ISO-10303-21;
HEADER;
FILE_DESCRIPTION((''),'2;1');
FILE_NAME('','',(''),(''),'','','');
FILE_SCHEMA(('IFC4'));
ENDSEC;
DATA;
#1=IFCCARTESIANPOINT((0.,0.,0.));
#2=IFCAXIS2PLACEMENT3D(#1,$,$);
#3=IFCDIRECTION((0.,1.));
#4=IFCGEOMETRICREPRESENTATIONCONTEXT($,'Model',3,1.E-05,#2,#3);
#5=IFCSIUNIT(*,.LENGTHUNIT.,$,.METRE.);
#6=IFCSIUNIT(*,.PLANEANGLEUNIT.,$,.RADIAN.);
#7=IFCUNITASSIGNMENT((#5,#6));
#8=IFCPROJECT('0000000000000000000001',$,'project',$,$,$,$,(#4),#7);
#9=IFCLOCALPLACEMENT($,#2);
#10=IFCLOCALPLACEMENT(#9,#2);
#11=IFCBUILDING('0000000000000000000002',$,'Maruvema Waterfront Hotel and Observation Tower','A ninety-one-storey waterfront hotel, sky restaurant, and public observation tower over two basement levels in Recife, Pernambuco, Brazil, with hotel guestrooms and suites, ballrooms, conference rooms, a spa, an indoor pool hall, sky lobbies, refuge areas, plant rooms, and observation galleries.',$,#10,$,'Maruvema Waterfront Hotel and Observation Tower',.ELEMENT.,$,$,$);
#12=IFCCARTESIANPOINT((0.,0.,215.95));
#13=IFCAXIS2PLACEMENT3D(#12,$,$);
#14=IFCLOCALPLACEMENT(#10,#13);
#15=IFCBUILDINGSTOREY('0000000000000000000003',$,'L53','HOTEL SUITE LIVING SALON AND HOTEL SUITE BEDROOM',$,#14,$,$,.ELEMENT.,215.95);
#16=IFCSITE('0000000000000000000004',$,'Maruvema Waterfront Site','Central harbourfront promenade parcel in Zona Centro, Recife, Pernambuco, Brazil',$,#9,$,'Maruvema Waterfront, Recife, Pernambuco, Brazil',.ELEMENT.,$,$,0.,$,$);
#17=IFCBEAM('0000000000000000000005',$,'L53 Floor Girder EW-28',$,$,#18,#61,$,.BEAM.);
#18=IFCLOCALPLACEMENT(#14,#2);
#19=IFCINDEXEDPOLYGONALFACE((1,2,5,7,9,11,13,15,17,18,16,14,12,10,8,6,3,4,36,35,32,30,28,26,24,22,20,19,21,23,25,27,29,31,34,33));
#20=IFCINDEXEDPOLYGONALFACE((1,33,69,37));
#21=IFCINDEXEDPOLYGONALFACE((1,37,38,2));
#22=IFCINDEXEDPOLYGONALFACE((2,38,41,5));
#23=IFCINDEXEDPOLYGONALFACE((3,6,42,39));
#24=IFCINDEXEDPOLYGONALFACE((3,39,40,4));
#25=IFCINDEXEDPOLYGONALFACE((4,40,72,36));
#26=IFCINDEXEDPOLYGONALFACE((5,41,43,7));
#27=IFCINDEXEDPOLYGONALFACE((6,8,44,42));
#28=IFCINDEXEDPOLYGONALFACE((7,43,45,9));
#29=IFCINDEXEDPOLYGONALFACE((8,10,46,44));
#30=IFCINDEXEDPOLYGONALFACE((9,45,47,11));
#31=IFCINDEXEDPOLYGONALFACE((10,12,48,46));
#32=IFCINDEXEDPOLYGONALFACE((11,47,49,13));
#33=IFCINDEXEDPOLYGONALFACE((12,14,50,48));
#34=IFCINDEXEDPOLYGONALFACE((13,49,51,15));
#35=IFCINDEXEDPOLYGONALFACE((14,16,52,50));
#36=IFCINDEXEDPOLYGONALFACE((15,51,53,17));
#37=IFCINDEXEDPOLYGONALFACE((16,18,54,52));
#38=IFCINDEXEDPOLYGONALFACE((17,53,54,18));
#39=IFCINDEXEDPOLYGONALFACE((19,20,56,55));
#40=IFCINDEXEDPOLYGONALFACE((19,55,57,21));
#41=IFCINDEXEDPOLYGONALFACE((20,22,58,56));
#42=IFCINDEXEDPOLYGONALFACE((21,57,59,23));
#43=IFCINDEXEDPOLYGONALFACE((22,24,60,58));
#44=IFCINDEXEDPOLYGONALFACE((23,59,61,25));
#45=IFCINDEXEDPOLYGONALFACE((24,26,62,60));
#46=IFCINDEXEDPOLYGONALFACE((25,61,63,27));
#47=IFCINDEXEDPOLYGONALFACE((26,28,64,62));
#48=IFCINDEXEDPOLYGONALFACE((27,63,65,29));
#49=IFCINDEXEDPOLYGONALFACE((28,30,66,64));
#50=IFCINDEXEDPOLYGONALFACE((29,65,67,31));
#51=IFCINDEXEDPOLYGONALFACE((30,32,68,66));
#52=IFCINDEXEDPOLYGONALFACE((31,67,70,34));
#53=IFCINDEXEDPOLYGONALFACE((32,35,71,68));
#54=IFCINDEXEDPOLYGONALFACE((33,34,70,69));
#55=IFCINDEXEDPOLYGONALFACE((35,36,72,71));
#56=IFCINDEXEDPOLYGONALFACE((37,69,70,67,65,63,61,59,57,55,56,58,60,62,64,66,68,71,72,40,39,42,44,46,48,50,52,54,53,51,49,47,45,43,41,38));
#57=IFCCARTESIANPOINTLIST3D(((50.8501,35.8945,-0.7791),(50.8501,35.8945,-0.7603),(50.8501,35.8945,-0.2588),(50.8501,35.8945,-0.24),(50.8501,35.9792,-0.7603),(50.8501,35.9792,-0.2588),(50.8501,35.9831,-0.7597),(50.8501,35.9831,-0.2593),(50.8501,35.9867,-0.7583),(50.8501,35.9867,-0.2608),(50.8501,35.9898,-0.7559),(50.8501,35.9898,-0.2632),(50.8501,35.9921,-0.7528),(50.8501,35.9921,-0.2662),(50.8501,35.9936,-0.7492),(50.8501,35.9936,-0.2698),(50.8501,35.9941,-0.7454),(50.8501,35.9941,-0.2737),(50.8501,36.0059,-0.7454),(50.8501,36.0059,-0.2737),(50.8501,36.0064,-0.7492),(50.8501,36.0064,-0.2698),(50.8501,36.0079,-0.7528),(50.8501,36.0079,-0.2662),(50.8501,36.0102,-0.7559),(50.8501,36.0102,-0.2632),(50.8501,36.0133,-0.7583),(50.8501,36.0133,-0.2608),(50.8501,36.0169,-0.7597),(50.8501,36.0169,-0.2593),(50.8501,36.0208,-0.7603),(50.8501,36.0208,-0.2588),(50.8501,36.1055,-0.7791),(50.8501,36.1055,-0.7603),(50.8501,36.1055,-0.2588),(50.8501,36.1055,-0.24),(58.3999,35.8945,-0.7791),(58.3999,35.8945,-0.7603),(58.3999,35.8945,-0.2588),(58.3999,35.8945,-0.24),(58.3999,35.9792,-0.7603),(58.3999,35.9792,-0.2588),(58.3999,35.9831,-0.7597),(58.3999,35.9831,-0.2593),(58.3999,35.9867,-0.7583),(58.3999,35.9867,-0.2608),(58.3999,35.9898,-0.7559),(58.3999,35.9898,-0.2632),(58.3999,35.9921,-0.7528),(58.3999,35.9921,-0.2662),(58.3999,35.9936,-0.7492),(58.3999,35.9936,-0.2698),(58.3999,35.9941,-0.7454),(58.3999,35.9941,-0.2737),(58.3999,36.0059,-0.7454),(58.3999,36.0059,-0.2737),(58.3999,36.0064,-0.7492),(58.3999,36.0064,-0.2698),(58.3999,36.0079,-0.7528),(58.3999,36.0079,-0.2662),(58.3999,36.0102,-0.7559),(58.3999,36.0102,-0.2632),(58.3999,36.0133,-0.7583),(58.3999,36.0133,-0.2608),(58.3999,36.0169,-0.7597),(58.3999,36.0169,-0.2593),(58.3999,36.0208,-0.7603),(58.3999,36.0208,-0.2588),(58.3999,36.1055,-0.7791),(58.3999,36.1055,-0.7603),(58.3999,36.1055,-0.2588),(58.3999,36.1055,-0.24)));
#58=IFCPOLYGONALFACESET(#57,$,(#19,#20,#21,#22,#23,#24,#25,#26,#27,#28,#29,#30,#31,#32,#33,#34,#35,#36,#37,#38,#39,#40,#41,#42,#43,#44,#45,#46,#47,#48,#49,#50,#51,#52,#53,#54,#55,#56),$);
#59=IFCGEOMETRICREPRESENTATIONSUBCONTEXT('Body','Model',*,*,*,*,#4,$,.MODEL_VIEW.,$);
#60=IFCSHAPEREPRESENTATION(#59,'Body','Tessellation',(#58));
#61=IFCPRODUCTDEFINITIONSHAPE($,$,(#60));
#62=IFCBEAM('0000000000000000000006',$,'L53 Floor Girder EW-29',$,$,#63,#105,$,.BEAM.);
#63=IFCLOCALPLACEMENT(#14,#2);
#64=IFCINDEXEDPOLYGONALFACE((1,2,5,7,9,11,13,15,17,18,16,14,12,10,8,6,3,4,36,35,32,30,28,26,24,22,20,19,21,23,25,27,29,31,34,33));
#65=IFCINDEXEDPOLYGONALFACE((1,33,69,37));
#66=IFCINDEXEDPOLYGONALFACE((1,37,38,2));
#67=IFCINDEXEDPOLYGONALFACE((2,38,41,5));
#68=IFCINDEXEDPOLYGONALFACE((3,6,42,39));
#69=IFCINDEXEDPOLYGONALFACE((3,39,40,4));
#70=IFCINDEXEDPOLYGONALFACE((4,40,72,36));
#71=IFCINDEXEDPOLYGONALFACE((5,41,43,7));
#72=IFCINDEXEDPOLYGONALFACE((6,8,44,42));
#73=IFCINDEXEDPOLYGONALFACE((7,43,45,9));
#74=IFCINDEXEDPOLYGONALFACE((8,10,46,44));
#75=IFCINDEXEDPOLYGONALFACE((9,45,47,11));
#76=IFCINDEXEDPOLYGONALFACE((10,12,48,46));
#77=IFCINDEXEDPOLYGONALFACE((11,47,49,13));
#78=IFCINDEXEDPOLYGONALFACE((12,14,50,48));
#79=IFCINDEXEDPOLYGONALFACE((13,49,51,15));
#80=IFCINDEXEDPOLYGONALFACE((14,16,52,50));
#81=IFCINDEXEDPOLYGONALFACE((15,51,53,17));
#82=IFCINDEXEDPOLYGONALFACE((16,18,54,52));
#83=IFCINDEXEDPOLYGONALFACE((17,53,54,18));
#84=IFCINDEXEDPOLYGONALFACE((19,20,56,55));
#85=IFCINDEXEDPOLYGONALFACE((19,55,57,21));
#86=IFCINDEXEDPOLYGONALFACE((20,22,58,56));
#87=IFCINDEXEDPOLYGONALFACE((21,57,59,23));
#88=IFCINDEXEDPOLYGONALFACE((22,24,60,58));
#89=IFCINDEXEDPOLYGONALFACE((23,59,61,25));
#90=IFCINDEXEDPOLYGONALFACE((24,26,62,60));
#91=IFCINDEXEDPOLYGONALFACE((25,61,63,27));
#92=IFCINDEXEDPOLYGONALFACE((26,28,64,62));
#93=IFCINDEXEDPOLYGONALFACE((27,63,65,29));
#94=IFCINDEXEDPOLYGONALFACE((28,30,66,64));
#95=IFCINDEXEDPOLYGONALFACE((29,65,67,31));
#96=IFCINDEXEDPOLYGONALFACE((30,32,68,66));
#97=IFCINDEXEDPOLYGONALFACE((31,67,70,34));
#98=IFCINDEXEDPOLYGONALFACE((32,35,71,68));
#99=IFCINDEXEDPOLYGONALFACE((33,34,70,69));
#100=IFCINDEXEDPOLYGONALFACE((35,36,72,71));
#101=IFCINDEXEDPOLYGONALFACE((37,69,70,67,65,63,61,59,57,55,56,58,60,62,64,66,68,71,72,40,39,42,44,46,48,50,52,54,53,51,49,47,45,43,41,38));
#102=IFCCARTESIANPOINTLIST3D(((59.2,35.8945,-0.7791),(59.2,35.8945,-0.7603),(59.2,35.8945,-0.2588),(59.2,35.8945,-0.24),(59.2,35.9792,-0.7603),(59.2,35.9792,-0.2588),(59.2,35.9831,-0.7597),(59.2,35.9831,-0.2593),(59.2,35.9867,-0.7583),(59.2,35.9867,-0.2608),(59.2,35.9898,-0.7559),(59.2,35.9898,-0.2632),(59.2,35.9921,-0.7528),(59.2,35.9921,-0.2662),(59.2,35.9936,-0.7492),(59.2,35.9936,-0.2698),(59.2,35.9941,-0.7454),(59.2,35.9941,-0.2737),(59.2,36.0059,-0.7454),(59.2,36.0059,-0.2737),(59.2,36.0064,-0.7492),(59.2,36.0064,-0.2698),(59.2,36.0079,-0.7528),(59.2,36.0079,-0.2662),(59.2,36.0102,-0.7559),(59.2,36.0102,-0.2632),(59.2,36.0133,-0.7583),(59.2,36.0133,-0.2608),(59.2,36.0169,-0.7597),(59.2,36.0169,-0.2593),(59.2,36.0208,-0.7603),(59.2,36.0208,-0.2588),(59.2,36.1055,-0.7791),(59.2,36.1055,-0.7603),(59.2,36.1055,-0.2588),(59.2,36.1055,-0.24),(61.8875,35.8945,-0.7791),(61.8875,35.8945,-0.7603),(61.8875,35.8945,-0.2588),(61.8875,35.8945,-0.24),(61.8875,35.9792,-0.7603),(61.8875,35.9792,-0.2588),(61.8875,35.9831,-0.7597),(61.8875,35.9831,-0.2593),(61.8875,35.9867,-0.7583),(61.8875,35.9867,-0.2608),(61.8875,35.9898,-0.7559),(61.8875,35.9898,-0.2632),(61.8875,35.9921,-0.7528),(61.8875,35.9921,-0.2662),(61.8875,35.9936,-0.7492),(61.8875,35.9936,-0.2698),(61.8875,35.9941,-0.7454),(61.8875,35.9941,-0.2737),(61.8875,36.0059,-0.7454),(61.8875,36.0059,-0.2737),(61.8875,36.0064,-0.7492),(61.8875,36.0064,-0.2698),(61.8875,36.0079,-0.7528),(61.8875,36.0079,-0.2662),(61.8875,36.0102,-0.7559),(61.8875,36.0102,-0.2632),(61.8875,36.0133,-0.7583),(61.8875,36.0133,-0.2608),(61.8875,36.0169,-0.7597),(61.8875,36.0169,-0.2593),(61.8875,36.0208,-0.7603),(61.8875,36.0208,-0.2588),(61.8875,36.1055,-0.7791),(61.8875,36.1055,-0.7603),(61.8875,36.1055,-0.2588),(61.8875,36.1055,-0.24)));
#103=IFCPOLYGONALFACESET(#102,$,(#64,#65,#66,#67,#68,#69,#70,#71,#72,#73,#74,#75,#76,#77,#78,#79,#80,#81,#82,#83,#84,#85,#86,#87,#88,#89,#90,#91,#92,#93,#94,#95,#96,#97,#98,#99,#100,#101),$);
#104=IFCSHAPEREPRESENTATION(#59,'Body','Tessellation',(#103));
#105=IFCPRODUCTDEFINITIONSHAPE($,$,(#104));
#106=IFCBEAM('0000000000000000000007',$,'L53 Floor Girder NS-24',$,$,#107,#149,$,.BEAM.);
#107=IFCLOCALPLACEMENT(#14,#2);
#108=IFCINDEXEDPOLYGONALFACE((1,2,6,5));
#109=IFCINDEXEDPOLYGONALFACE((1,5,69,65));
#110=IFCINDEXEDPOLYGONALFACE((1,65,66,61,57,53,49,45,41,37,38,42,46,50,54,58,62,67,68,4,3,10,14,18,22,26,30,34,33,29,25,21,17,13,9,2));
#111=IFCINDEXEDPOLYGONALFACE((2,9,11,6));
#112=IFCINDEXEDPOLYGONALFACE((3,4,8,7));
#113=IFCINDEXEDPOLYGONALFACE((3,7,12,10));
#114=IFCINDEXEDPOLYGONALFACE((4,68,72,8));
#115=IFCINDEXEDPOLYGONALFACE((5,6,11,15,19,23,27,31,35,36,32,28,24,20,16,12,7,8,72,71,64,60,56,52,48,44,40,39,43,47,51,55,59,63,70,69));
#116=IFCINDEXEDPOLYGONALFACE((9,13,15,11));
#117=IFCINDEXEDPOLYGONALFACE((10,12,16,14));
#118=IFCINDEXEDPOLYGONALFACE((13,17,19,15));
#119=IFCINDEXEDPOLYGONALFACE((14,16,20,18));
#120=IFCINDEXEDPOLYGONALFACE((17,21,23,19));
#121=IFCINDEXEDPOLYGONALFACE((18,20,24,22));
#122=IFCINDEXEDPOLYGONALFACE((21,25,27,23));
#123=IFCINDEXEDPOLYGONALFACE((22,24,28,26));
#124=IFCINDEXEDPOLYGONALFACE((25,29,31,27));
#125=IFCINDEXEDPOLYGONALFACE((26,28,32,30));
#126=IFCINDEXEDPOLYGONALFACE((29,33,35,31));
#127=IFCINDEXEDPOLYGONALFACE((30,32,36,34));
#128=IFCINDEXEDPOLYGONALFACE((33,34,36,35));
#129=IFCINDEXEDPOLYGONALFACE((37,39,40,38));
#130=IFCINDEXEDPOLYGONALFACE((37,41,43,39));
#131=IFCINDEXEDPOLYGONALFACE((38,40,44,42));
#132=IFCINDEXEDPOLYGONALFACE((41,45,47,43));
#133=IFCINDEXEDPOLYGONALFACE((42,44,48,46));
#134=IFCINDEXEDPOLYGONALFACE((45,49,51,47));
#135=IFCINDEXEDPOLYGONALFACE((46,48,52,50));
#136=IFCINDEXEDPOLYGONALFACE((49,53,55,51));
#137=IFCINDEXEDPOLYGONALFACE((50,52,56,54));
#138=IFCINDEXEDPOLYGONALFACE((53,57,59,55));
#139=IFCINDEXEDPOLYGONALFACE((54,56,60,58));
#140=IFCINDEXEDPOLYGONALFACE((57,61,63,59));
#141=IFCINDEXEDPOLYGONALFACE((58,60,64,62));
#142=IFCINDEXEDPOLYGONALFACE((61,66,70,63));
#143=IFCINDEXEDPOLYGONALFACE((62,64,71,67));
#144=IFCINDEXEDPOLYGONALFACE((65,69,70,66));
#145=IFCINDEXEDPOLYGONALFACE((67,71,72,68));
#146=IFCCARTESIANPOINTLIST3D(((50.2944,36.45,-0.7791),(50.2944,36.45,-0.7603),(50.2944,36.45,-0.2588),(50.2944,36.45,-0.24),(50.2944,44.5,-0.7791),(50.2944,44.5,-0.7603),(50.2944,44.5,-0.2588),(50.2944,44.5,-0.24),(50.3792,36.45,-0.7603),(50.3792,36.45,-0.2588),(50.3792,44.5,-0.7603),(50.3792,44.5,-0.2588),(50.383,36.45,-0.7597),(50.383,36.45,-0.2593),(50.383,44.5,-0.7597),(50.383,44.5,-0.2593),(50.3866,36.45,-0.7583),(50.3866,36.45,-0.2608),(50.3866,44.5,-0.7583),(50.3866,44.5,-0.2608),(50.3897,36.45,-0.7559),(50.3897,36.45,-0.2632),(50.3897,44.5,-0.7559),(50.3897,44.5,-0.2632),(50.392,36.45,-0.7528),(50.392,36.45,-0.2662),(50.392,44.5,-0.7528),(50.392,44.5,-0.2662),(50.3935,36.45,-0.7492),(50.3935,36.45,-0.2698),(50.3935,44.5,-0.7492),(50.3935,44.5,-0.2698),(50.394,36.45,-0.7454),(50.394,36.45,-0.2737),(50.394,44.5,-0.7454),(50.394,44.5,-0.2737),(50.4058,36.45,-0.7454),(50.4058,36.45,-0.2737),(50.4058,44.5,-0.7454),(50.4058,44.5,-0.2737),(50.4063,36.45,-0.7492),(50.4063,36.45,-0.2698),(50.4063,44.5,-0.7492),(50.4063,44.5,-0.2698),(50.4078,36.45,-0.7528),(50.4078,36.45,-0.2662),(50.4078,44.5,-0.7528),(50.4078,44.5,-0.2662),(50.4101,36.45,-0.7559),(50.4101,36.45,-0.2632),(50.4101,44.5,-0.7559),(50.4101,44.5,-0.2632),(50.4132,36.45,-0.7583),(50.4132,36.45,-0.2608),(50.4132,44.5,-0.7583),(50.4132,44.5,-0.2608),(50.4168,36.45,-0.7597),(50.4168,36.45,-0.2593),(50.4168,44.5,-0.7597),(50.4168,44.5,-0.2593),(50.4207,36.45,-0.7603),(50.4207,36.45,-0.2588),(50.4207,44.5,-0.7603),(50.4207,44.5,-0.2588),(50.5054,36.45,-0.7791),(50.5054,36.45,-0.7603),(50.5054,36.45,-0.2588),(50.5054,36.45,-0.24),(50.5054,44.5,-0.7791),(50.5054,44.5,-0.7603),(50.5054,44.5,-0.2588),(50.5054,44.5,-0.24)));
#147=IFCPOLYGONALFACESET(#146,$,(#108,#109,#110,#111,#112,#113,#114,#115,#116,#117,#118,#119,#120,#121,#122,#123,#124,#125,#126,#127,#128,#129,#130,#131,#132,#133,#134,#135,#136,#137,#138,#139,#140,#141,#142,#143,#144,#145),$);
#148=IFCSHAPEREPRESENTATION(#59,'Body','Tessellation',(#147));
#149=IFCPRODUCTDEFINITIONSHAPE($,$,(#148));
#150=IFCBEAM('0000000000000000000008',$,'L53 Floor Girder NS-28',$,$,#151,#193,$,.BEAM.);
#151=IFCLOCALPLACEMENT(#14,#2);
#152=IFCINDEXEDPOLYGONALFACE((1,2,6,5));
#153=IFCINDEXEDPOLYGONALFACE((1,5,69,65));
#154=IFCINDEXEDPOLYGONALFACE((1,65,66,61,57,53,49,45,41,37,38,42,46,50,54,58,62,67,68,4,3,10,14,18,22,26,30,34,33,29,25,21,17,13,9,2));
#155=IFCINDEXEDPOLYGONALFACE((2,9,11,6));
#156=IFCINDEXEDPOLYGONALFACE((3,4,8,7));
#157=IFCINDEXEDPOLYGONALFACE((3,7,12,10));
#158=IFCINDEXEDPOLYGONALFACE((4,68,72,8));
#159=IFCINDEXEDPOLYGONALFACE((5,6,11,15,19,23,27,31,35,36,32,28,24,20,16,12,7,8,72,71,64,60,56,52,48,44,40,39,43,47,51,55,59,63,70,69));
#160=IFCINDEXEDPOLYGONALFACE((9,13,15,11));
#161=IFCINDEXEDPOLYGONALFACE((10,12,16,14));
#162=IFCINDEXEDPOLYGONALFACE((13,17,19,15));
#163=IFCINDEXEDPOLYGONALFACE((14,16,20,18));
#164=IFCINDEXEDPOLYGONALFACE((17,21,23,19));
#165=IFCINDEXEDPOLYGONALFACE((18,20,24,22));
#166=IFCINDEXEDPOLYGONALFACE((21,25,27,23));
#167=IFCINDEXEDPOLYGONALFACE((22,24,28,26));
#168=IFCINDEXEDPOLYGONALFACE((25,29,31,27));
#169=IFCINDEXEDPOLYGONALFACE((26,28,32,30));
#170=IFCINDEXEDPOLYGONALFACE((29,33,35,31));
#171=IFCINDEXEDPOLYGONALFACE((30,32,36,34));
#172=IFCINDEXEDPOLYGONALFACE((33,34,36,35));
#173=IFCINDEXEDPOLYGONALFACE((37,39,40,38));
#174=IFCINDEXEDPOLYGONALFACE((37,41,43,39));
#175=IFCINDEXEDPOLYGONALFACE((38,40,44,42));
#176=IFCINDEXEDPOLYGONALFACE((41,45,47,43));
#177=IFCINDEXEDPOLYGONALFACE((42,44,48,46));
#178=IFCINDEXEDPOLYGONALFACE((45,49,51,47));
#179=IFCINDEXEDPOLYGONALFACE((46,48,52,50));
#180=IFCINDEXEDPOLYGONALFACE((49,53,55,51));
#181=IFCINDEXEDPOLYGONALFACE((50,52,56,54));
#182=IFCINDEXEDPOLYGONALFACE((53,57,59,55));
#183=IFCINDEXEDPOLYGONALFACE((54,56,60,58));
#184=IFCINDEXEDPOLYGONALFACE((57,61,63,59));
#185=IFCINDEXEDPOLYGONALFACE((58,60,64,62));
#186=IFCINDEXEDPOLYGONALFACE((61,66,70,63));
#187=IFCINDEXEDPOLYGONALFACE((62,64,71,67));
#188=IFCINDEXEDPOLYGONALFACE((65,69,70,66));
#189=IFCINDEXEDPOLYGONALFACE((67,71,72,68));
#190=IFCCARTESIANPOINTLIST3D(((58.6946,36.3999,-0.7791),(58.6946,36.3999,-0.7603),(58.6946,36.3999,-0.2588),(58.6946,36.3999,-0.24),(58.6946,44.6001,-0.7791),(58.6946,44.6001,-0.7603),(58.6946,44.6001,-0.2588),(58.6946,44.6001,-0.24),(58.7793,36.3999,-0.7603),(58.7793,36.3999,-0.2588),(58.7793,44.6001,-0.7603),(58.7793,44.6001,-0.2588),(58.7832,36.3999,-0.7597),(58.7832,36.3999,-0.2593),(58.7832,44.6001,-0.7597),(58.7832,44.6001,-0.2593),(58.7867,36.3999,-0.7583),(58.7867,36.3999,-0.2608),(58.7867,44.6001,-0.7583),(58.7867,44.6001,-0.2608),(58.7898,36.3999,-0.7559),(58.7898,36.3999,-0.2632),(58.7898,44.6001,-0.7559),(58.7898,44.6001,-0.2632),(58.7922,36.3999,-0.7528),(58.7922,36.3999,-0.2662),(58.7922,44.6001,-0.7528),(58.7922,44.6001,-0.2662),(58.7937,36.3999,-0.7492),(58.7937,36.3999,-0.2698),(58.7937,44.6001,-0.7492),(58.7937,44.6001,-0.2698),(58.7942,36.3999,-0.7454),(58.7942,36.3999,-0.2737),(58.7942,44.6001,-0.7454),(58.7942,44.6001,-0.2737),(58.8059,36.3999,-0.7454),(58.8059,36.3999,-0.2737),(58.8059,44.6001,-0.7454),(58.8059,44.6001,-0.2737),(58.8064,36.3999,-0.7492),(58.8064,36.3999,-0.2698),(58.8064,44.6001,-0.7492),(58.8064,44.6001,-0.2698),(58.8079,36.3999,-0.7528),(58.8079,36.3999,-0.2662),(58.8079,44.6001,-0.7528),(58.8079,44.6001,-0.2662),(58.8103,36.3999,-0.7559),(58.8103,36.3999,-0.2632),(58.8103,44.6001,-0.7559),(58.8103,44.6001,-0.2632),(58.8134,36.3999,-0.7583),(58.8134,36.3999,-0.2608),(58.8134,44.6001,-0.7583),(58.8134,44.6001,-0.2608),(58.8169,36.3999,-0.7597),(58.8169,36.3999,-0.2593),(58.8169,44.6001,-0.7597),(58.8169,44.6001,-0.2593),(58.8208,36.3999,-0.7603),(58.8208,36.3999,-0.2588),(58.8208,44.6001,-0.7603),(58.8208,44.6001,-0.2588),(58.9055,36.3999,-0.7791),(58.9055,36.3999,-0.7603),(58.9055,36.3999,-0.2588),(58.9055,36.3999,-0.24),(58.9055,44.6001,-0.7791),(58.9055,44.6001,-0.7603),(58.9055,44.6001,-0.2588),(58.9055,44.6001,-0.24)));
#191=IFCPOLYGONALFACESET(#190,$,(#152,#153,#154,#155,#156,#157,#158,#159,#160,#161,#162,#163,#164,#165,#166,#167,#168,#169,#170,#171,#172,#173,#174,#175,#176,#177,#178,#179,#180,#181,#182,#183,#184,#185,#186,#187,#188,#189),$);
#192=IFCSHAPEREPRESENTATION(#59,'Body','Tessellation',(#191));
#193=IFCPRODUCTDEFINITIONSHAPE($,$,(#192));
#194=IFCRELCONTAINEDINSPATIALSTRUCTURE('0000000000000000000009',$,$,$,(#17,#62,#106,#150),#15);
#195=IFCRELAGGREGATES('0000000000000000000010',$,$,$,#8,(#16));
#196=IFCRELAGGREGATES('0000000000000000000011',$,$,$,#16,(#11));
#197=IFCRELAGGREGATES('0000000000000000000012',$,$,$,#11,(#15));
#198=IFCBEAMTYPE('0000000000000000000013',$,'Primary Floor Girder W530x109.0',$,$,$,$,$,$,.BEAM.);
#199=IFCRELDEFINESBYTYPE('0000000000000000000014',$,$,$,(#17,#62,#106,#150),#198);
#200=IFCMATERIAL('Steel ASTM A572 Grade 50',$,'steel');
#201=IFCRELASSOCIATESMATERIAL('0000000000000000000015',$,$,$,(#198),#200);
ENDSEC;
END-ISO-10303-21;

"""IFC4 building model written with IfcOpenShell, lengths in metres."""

from ifc_helpers import new_model, si_unit, direction, frame, origin, origin_2d, place, context, subcontext, project, spatial, i_section, extrude, material, material_profile, profile_set, type_object, element, save


model = new_model("IFC4")

# Units and contexts
model_context = context("Model", 3, precision=1e-05, world=origin(), true_north=direction((0.0, 1.0)))
body_context = subcontext(model_context, "Body", "Model", "MODEL_VIEW")
ifc_project = project(units=[si_unit("LENGTHUNIT", "METRE"), si_unit("PLANEANGLEUNIT", "RADIAN")], contexts=[model_context])

# Site, building, storey
site_placement = place(None, origin())
site = spatial("IfcSite", under=ifc_project, at=site_placement, Name="Maruvema Waterfront Site", Description="Central harbourfront promenade parcel in Zona Centro, Recife, Pernambuco, Brazil", LongName="Maruvema Waterfront, Recife, Pernambuco, Brazil", CompositionType="ELEMENT", RefElevation=0.0)
building_placement = place(site_placement, origin())
building = spatial("IfcBuilding", under=site, at=building_placement, Name="Maruvema Waterfront Hotel and Observation Tower", Description="A ninety-one-storey waterfront hotel, sky restaurant, and public observation tower over two basement levels in Recife, Pernambuco, Brazil, with hotel guestrooms and suites, ballrooms, conference rooms, a spa, an indoor pool hall, sky lobbies, refuge areas, plant rooms, and observation galleries.", LongName="Maruvema Waterfront Hotel and Observation Tower", CompositionType="ELEMENT")
storey_placement = place(building_placement, frame((0.0, 0.0, 215.95)))
storey = spatial("IfcBuildingStorey", under=building, at=storey_placement, Name="L53", Description="HOTEL SUITE LIVING SALON AND HOTEL SUITE BEDROOM", CompositionType="ELEMENT", Elevation=215.95)

# Beams
ifc_material_1 = material(Name="Steel ASTM A572 Grade 50", Category="steel")
ifc_material_profile_1 = material_profile(ifc_material_1, i_section(OverallWidth=0.2109, OverallDepth=0.5391, WebThickness=0.0117, FlangeThickness=0.0188, FilletRadius=0.0149, at=origin_2d()), Name="W530x109.0")
ifc_profile_set_1 = profile_set([ifc_material_profile_1], Name="Steel ASTM A572 Grade 50")
beam_type_1 = type_object("IfcBeamType", Name="Primary Floor Girder W530x109.0", PredefinedType="BEAM", material=ifc_profile_set_1)
beam_1_placement = place(storey_placement, frame((50.8501, 36.0, -0.5095), z_axis=(1.0, 0.0, 0.0), x_axis=(0.0, 1.0, 0.0)))
element("IfcBeam", 1, at=beam_1_placement, inside=storey, type_object=beam_type_1, Name="L53 Floor Girder EW-28", PredefinedType="BEAM", context=body_context, shape_type="SweptSolid", body=[
    extrude(i_section(OverallWidth=0.2109, OverallDepth=0.5391, WebThickness=0.0117, FlangeThickness=0.0188, FilletRadius=0.0149, at=origin_2d()), origin(), (0.0, 0.0, 1.0), 7.5498),
])
beam_2_placement = place(storey_placement, frame((59.2, 36.0, -0.5095), z_axis=(1.0, 0.0, 0.0), x_axis=(0.0, 1.0, 0.0)))
element("IfcBeam", 2, at=beam_2_placement, inside=storey, type_object=beam_type_1, Name="L53 Floor Girder EW-29", PredefinedType="BEAM", context=body_context, shape_type="SweptSolid", body=[
    extrude(i_section(OverallWidth=0.2109, OverallDepth=0.5391, WebThickness=0.0117, FlangeThickness=0.0188, FilletRadius=0.0149, at=origin_2d()), origin(), (0.0, 0.0, 1.0), 2.6875),
])
beam_3_placement = place(storey_placement, frame((50.3999, 36.45, -0.5095), z_axis=(0.0, 1.0, 0.0), x_axis=(-1.0, 0.0, 0.0)))
element("IfcBeam", 3, at=beam_3_placement, inside=storey, type_object=beam_type_1, Name="L53 Floor Girder NS-24", PredefinedType="BEAM", context=body_context, shape_type="SweptSolid", body=[
    extrude(i_section(OverallWidth=0.2109, OverallDepth=0.5391, WebThickness=0.0117, FlangeThickness=0.0188, FilletRadius=0.0149, at=origin_2d()), origin(), (0.0, 0.0, 1.0), 8.05),
])
beam_4_placement = place(storey_placement, frame((58.8, 36.3999, -0.5095), z_axis=(0.0, 1.0, 0.0), x_axis=(-1.0, 0.0, 0.0)))
element("IfcBeam", 4, at=beam_4_placement, inside=storey, type_object=beam_type_1, Name="L53 Floor Girder NS-28", PredefinedType="BEAM", context=body_context, shape_type="SweptSolid", body=[
    extrude(i_section(OverallWidth=0.2109, OverallDepth=0.5391, WebThickness=0.0117, FlangeThickness=0.0188, FilletRadius=0.0149, at=origin_2d()), origin(), (0.0, 0.0, 1.0), 8.2002),
])

save(model, "model.ifc")
